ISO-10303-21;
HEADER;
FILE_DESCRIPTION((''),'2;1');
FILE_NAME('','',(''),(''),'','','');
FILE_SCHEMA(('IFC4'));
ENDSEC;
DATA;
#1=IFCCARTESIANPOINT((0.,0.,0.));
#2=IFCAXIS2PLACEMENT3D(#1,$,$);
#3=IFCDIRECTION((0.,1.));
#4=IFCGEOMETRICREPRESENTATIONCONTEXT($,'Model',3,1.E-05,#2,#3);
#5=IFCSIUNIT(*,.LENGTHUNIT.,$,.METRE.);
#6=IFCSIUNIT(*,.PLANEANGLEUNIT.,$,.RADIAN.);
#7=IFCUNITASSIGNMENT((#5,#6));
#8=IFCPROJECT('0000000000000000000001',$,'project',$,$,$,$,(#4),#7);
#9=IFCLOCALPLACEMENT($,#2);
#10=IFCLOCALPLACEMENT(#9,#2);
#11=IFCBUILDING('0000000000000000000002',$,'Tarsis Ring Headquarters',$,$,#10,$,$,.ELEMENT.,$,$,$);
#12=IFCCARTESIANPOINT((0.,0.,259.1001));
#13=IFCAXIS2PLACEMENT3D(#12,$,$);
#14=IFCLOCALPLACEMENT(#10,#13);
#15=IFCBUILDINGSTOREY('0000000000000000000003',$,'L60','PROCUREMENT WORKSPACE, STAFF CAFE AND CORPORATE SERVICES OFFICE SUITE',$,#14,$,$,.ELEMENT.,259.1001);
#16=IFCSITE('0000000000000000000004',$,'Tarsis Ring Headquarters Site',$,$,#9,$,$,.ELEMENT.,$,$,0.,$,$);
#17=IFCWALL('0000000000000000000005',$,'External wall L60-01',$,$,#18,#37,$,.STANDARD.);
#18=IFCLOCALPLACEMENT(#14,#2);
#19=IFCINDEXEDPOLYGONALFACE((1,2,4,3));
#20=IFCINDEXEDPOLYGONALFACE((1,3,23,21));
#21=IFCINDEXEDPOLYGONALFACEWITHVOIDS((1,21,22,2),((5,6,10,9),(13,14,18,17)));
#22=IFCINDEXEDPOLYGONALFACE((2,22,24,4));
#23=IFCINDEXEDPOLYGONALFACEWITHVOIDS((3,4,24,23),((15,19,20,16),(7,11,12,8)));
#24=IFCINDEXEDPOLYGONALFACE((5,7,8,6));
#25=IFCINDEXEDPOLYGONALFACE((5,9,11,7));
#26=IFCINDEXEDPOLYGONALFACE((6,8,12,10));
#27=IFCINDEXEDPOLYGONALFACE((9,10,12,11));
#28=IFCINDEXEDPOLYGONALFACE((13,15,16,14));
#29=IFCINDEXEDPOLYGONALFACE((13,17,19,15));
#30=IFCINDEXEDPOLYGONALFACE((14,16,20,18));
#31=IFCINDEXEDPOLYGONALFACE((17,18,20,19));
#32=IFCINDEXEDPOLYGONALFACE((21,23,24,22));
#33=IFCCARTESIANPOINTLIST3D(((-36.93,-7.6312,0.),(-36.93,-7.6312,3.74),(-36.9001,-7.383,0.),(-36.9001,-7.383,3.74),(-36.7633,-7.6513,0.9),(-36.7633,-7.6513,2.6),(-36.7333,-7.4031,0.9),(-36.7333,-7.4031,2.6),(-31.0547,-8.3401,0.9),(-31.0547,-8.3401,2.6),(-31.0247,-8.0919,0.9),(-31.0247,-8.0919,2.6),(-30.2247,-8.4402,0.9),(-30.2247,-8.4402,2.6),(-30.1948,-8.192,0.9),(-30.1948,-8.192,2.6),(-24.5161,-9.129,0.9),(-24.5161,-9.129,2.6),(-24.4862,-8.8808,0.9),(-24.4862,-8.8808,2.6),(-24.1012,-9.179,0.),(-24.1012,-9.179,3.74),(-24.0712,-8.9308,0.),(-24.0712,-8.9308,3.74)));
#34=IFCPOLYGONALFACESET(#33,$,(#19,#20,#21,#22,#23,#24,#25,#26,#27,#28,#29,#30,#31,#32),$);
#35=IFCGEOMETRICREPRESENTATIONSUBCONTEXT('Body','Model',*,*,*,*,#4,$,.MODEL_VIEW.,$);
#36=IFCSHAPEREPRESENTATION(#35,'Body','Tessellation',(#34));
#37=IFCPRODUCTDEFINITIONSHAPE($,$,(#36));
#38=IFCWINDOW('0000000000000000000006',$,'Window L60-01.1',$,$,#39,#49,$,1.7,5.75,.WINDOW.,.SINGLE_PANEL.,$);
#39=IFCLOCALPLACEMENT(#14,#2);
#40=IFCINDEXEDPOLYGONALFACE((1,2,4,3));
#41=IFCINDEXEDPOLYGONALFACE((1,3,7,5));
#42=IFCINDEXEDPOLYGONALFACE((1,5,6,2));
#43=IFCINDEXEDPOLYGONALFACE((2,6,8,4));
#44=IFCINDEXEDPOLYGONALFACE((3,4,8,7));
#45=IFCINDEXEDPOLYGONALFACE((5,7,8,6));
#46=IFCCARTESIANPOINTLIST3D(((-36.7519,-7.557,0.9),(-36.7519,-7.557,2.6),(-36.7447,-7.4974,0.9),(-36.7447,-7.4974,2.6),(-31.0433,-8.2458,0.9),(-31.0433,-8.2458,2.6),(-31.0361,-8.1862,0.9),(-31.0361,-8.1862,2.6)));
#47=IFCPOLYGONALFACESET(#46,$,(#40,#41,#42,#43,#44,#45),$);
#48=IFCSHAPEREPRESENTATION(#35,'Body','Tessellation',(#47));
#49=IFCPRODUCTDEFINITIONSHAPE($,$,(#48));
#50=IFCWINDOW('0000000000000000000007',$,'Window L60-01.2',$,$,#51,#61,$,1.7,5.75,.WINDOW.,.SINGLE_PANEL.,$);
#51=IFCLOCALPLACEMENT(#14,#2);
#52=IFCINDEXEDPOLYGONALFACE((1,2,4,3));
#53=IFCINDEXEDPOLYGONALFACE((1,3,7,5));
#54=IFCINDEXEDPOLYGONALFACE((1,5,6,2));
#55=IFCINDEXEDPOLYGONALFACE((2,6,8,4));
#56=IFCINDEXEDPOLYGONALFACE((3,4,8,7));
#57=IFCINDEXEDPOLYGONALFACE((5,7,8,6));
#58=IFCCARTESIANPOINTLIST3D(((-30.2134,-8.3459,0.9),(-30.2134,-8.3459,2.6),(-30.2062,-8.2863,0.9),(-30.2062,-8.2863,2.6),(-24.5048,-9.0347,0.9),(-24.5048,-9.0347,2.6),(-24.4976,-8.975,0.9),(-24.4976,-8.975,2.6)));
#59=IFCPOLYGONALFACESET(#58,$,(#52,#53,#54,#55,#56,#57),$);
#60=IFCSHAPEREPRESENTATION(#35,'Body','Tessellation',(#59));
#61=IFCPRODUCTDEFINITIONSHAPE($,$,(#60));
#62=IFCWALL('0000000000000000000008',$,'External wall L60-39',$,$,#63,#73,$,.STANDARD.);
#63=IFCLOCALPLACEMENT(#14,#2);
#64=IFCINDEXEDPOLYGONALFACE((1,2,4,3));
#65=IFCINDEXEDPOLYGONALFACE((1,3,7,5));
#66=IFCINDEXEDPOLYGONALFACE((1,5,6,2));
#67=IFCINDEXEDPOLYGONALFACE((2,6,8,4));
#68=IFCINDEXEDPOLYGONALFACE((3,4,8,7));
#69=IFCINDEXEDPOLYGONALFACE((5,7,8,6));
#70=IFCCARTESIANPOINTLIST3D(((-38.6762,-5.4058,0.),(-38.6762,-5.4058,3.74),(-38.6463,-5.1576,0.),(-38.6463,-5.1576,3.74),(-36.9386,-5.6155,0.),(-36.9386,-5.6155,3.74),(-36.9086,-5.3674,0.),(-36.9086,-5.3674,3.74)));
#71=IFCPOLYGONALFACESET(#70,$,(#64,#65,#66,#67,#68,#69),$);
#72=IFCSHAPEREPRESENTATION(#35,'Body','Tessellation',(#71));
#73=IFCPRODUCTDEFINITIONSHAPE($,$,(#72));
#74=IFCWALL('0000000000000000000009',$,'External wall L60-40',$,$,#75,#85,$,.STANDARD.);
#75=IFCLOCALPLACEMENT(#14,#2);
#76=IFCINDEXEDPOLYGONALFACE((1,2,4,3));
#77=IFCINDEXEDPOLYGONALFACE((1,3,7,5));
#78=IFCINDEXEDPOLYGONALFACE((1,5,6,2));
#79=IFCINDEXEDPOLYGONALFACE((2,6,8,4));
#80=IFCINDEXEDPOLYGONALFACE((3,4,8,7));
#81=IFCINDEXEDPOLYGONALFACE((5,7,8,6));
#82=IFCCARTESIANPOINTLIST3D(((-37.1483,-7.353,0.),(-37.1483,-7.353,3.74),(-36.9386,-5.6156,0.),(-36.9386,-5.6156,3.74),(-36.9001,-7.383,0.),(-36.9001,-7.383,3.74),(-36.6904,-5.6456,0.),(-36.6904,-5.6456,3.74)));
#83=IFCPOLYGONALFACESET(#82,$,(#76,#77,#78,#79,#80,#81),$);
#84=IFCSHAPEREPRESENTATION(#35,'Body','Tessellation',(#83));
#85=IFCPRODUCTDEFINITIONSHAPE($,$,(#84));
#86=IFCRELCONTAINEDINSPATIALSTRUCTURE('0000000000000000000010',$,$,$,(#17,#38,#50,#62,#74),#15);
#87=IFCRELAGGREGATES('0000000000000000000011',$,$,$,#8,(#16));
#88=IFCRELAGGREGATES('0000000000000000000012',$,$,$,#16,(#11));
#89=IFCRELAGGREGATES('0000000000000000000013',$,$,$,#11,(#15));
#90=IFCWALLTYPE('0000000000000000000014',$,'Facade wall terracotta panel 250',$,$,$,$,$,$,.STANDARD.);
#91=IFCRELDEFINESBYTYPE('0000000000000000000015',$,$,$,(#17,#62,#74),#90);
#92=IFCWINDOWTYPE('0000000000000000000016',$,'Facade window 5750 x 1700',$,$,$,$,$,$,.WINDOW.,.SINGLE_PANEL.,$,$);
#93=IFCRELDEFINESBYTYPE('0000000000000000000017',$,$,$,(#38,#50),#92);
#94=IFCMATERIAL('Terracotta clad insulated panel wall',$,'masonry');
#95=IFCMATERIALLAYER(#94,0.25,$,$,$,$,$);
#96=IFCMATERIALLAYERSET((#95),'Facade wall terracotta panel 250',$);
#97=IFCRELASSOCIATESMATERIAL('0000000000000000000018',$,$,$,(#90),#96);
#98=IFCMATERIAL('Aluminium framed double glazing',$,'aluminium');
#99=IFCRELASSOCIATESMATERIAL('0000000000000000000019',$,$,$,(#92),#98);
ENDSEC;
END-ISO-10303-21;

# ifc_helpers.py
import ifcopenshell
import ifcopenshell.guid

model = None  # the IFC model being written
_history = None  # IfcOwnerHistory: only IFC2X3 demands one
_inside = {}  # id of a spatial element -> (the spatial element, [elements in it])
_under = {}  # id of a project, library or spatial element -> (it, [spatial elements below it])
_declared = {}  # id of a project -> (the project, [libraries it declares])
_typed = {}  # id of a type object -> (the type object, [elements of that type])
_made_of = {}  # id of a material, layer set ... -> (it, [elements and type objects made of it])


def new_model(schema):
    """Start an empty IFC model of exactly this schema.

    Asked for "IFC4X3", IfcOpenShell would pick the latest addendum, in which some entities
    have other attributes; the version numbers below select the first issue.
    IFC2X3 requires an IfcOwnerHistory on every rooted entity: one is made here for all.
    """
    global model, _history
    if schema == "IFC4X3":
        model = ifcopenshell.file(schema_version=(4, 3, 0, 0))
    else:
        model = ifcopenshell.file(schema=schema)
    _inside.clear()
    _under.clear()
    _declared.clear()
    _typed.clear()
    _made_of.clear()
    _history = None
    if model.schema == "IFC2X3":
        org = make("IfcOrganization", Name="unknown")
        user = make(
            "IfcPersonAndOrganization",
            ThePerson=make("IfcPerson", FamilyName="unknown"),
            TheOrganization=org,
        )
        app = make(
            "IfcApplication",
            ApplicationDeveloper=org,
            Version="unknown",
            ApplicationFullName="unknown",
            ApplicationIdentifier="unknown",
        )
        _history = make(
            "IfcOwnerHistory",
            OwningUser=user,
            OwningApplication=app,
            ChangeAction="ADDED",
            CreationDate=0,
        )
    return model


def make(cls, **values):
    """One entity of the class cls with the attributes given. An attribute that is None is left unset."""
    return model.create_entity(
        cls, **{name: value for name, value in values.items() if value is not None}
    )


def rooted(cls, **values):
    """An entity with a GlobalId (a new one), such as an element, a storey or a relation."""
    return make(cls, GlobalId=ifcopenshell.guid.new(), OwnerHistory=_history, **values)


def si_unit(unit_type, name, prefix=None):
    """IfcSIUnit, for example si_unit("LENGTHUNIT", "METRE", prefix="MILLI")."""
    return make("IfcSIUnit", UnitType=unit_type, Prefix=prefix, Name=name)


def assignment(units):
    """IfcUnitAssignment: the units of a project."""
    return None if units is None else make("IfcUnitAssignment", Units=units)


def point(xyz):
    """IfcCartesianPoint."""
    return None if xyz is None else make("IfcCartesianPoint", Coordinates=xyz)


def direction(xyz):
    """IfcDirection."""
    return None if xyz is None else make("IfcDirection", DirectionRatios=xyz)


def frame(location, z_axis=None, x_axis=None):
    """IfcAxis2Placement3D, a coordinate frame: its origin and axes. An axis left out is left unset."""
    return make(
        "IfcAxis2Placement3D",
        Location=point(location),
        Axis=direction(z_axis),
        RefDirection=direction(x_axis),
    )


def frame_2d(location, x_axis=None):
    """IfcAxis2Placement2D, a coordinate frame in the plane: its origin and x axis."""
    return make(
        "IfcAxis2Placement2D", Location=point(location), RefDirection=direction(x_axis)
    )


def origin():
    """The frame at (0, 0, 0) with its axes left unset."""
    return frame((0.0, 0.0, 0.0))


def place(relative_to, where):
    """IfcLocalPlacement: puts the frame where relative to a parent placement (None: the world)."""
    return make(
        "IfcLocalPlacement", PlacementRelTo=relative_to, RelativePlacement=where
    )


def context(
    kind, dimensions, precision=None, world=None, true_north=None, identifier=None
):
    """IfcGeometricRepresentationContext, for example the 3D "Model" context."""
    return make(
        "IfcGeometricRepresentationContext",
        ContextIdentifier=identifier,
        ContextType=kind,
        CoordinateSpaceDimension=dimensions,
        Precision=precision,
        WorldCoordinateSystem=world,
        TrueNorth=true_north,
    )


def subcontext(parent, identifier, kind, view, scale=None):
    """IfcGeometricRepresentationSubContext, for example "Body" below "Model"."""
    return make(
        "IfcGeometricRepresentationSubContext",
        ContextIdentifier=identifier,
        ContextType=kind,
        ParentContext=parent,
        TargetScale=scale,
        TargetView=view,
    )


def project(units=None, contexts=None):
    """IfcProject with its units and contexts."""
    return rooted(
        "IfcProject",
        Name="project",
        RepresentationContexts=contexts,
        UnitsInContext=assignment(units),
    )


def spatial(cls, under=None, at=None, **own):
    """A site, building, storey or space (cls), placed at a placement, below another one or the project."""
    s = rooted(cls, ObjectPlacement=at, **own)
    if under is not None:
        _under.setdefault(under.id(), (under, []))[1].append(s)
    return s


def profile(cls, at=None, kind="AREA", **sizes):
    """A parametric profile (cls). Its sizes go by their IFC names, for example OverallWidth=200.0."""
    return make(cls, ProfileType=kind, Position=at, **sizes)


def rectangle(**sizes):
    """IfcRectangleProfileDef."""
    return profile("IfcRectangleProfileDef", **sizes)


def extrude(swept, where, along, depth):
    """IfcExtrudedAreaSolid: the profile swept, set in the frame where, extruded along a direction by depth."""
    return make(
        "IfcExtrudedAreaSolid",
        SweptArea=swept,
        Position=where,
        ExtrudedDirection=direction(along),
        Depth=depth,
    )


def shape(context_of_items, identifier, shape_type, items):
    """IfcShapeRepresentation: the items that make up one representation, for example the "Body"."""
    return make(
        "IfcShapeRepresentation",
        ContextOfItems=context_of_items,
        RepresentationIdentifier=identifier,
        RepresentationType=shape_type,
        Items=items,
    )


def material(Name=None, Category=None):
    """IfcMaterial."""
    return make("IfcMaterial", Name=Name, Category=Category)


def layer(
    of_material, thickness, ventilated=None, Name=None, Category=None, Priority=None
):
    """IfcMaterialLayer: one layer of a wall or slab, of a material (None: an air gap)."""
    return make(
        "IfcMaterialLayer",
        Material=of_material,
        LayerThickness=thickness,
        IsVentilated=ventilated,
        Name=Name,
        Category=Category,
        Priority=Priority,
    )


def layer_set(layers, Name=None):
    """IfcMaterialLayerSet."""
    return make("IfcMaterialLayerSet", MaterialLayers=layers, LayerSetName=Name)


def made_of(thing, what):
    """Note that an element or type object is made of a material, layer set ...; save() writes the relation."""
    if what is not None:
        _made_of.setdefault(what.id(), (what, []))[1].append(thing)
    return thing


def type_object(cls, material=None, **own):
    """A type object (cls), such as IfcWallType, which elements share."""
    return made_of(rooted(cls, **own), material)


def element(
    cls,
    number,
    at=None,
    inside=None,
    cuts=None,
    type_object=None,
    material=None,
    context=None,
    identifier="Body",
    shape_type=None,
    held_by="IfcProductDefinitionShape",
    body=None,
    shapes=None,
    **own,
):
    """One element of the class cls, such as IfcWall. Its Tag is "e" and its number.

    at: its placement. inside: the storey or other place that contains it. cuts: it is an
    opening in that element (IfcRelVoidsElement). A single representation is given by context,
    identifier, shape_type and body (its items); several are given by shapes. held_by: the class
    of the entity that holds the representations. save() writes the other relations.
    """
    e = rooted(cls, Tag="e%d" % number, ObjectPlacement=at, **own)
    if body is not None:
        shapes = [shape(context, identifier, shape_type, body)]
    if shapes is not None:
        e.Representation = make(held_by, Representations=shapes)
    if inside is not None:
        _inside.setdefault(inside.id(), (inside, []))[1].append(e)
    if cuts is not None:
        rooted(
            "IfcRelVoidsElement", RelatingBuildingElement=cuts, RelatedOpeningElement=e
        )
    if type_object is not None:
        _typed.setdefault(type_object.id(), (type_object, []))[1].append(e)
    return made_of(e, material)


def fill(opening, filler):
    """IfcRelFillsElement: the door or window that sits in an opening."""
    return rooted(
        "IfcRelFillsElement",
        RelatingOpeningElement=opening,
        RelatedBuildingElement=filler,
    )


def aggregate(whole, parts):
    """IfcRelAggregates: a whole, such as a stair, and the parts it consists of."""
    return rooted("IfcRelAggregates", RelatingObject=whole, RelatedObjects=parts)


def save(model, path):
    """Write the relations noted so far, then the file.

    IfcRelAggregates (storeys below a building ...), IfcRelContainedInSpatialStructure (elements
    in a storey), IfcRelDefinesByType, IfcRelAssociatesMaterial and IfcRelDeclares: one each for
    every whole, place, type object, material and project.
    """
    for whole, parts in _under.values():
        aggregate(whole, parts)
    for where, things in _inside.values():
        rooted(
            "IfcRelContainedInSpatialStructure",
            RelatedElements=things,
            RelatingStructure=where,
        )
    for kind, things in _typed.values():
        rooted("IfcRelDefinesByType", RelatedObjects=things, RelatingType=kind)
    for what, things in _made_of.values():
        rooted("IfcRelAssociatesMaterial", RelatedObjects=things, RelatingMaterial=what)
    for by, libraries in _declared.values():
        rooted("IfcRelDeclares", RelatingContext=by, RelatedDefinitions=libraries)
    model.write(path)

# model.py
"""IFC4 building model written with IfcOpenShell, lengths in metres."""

from ifc_helpers import new_model, si_unit, direction, frame, frame_2d, origin, place, context, subcontext, project, spatial, rectangle, extrude, material, layer, layer_set, type_object, element, fill, save


model = new_model("IFC4")

# Units and contexts
model_context = context("Model", 3, precision=1e-05, world=origin(), true_north=direction((0.0, 1.0)))
body_context = subcontext(model_context, "Body", "Model", "MODEL_VIEW")
ifc_project = project(units=[si_unit("LENGTHUNIT", "METRE"), si_unit("PLANEANGLEUNIT", "RADIAN")], contexts=[model_context])

# Site, building, storey
site_placement = place(None, origin())
site = spatial("IfcSite", under=ifc_project, at=site_placement, Name="Tarsis Ring Headquarters Site", CompositionType="ELEMENT", RefElevation=0.0)
building_placement = place(site_placement, origin())
building = spatial("IfcBuilding", under=site, at=building_placement, Name="Tarsis Ring Headquarters", CompositionType="ELEMENT")
storey_placement = place(building_placement, frame((0.0, 0.0, 259.1001)))
storey = spatial("IfcBuildingStorey", under=building, at=storey_placement, Name="L60", Description="PROCUREMENT WORKSPACE, STAFF CAFE AND CORPORATE SERVICES OFFICE SUITE", CompositionType="ELEMENT", Elevation=259.1001)

# Wall, openings, windows
ifc_material_1 = material(Name="Terracotta clad insulated panel wall", Category="masonry")
ifc_layer_1 = layer(ifc_material_1, 0.25)
ifc_layer_set_1 = layer_set([ifc_layer_1], Name="Facade wall terracotta panel 250")
wall_type_1 = type_object("IfcWallType", Name="Facade wall terracotta panel 250", PredefinedType="STANDARD", material=ifc_layer_set_1)
wall_1_placement = place(storey_placement, frame((-36.915, -7.5071, 0.0), z_axis=(0.0, 0.0, 1.0), x_axis=(0.9928, -0.119785, 0.0)))
wall_1 = element("IfcWall", 1, at=wall_1_placement, inside=storey, type_object=wall_type_1, Name="External wall L60-01", PredefinedType="STANDARD", context=body_context, shape_type="SweptSolid", body=[
    extrude(rectangle(XDim=12.9219, YDim=0.25, at=frame_2d((6.4609, 0.0))), origin(), (0.0, 0.0, 1.0), 3.74),
])
opening_1_placement = place(wall_1_placement, frame((0.168, 0.0, 0.8999)))
opening_1 = element("IfcOpeningElement", 2, at=opening_1_placement, cuts=wall_1, PredefinedType="OPENING", context=body_context, shape_type="SweptSolid", body=[
    extrude(rectangle(XDim=5.75, YDim=1.7, at=frame_2d((2.875, 0.8501))), frame((0.0, 0.135, 0.0), z_axis=(0.0, -1.0, 0.0), x_axis=(1.0, 0.0, 0.0)), (0.0, 0.0, 1.0), 0.27),
])
opening_2_placement = place(wall_1_placement, frame((6.7539, 0.0, 0.8999)))
opening_2 = element("IfcOpeningElement", 3, at=opening_2_placement, cuts=wall_1, PredefinedType="OPENING", context=body_context, shape_type="SweptSolid", body=[
    extrude(rectangle(XDim=5.75, YDim=1.7, at=frame_2d((2.875, 0.8501))), frame((0.0, 0.135, 0.0), z_axis=(0.0, -1.0, 0.0), x_axis=(1.0, 0.0, 0.0)), (0.0, 0.0, 1.0), 0.27),
])
ifc_material_2 = material(Name="Aluminium framed double glazing", Category="aluminium")
window_type = type_object("IfcWindowType", Name="Facade window 5750 x 1700", PartitioningType="SINGLE_PANEL", PredefinedType="WINDOW", material=ifc_material_2)
window_1_placement = place(opening_1_placement, origin())
window_1 = element("IfcWindow", 4, at=window_1_placement, inside=storey, type_object=window_type, Name="Window L60-01.1", OverallHeight=1.7, OverallWidth=5.75, PartitioningType="SINGLE_PANEL", PredefinedType="WINDOW", context=body_context, shape_type="SweptSolid", body=[
    extrude(rectangle(XDim=5.75, YDim=1.7, at=frame_2d((2.875, 0.8501))), frame((0.0, 0.03, 0.0), z_axis=(0.0, -1.0, 0.0), x_axis=(1.0, 0.0, 0.0)), (0.0, 0.0, 1.0), 0.0601),
])
fill(opening_1, window_1)
window_2_placement = place(opening_2_placement, origin())
window_2 = element("IfcWindow", 5, at=window_2_placement, inside=storey, type_object=window_type, Name="Window L60-01.2", OverallHeight=1.7, OverallWidth=5.75, PartitioningType="SINGLE_PANEL", PredefinedType="WINDOW", context=body_context, shape_type="SweptSolid", body=[
    extrude(rectangle(XDim=5.75, YDim=1.7, at=frame_2d((2.875, 0.8501))), frame((0.0, 0.03, 0.0), z_axis=(0.0, -1.0, 0.0), x_axis=(1.0, 0.0, 0.0)), (0.0, 0.0, 1.0), 0.0601),
])
fill(opening_2, window_2)

# Walls
wall_2_placement = place(storey_placement, frame((-38.6611, -5.2817, 0.0), z_axis=(0.0, 0.0, 1.0), x_axis=(0.992795, -0.119827, 0.0)))
element("IfcWall", 6, at=wall_2_placement, inside=storey, type_object=wall_type_1, Name="External wall L60-39", PredefinedType="STANDARD", context=body_context, shape_type="SweptSolid", body=[
    extrude(rectangle(XDim=1.7502, YDim=0.25, at=frame_2d((0.875, 0.0))), origin(), (0.0, 0.0, 1.0), 3.74),
])
wall_3_placement = place(storey_placement, frame((-36.8145, -5.6306, 0.0), z_axis=(0.0, 0.0, 1.0), x_axis=(-0.119844, -0.992793, 0.0)))
element("IfcWall", 7, at=wall_3_placement, inside=storey, type_object=wall_type_1, Name="External wall L60-40", PredefinedType="STANDARD", context=body_context, shape_type="SweptSolid", body=[
    extrude(rectangle(XDim=1.75, YDim=0.25, at=frame_2d((0.875, 0.0))), origin(), (0.0, 0.0, 1.0), 3.74),
])

save(model, "model.ifc")
